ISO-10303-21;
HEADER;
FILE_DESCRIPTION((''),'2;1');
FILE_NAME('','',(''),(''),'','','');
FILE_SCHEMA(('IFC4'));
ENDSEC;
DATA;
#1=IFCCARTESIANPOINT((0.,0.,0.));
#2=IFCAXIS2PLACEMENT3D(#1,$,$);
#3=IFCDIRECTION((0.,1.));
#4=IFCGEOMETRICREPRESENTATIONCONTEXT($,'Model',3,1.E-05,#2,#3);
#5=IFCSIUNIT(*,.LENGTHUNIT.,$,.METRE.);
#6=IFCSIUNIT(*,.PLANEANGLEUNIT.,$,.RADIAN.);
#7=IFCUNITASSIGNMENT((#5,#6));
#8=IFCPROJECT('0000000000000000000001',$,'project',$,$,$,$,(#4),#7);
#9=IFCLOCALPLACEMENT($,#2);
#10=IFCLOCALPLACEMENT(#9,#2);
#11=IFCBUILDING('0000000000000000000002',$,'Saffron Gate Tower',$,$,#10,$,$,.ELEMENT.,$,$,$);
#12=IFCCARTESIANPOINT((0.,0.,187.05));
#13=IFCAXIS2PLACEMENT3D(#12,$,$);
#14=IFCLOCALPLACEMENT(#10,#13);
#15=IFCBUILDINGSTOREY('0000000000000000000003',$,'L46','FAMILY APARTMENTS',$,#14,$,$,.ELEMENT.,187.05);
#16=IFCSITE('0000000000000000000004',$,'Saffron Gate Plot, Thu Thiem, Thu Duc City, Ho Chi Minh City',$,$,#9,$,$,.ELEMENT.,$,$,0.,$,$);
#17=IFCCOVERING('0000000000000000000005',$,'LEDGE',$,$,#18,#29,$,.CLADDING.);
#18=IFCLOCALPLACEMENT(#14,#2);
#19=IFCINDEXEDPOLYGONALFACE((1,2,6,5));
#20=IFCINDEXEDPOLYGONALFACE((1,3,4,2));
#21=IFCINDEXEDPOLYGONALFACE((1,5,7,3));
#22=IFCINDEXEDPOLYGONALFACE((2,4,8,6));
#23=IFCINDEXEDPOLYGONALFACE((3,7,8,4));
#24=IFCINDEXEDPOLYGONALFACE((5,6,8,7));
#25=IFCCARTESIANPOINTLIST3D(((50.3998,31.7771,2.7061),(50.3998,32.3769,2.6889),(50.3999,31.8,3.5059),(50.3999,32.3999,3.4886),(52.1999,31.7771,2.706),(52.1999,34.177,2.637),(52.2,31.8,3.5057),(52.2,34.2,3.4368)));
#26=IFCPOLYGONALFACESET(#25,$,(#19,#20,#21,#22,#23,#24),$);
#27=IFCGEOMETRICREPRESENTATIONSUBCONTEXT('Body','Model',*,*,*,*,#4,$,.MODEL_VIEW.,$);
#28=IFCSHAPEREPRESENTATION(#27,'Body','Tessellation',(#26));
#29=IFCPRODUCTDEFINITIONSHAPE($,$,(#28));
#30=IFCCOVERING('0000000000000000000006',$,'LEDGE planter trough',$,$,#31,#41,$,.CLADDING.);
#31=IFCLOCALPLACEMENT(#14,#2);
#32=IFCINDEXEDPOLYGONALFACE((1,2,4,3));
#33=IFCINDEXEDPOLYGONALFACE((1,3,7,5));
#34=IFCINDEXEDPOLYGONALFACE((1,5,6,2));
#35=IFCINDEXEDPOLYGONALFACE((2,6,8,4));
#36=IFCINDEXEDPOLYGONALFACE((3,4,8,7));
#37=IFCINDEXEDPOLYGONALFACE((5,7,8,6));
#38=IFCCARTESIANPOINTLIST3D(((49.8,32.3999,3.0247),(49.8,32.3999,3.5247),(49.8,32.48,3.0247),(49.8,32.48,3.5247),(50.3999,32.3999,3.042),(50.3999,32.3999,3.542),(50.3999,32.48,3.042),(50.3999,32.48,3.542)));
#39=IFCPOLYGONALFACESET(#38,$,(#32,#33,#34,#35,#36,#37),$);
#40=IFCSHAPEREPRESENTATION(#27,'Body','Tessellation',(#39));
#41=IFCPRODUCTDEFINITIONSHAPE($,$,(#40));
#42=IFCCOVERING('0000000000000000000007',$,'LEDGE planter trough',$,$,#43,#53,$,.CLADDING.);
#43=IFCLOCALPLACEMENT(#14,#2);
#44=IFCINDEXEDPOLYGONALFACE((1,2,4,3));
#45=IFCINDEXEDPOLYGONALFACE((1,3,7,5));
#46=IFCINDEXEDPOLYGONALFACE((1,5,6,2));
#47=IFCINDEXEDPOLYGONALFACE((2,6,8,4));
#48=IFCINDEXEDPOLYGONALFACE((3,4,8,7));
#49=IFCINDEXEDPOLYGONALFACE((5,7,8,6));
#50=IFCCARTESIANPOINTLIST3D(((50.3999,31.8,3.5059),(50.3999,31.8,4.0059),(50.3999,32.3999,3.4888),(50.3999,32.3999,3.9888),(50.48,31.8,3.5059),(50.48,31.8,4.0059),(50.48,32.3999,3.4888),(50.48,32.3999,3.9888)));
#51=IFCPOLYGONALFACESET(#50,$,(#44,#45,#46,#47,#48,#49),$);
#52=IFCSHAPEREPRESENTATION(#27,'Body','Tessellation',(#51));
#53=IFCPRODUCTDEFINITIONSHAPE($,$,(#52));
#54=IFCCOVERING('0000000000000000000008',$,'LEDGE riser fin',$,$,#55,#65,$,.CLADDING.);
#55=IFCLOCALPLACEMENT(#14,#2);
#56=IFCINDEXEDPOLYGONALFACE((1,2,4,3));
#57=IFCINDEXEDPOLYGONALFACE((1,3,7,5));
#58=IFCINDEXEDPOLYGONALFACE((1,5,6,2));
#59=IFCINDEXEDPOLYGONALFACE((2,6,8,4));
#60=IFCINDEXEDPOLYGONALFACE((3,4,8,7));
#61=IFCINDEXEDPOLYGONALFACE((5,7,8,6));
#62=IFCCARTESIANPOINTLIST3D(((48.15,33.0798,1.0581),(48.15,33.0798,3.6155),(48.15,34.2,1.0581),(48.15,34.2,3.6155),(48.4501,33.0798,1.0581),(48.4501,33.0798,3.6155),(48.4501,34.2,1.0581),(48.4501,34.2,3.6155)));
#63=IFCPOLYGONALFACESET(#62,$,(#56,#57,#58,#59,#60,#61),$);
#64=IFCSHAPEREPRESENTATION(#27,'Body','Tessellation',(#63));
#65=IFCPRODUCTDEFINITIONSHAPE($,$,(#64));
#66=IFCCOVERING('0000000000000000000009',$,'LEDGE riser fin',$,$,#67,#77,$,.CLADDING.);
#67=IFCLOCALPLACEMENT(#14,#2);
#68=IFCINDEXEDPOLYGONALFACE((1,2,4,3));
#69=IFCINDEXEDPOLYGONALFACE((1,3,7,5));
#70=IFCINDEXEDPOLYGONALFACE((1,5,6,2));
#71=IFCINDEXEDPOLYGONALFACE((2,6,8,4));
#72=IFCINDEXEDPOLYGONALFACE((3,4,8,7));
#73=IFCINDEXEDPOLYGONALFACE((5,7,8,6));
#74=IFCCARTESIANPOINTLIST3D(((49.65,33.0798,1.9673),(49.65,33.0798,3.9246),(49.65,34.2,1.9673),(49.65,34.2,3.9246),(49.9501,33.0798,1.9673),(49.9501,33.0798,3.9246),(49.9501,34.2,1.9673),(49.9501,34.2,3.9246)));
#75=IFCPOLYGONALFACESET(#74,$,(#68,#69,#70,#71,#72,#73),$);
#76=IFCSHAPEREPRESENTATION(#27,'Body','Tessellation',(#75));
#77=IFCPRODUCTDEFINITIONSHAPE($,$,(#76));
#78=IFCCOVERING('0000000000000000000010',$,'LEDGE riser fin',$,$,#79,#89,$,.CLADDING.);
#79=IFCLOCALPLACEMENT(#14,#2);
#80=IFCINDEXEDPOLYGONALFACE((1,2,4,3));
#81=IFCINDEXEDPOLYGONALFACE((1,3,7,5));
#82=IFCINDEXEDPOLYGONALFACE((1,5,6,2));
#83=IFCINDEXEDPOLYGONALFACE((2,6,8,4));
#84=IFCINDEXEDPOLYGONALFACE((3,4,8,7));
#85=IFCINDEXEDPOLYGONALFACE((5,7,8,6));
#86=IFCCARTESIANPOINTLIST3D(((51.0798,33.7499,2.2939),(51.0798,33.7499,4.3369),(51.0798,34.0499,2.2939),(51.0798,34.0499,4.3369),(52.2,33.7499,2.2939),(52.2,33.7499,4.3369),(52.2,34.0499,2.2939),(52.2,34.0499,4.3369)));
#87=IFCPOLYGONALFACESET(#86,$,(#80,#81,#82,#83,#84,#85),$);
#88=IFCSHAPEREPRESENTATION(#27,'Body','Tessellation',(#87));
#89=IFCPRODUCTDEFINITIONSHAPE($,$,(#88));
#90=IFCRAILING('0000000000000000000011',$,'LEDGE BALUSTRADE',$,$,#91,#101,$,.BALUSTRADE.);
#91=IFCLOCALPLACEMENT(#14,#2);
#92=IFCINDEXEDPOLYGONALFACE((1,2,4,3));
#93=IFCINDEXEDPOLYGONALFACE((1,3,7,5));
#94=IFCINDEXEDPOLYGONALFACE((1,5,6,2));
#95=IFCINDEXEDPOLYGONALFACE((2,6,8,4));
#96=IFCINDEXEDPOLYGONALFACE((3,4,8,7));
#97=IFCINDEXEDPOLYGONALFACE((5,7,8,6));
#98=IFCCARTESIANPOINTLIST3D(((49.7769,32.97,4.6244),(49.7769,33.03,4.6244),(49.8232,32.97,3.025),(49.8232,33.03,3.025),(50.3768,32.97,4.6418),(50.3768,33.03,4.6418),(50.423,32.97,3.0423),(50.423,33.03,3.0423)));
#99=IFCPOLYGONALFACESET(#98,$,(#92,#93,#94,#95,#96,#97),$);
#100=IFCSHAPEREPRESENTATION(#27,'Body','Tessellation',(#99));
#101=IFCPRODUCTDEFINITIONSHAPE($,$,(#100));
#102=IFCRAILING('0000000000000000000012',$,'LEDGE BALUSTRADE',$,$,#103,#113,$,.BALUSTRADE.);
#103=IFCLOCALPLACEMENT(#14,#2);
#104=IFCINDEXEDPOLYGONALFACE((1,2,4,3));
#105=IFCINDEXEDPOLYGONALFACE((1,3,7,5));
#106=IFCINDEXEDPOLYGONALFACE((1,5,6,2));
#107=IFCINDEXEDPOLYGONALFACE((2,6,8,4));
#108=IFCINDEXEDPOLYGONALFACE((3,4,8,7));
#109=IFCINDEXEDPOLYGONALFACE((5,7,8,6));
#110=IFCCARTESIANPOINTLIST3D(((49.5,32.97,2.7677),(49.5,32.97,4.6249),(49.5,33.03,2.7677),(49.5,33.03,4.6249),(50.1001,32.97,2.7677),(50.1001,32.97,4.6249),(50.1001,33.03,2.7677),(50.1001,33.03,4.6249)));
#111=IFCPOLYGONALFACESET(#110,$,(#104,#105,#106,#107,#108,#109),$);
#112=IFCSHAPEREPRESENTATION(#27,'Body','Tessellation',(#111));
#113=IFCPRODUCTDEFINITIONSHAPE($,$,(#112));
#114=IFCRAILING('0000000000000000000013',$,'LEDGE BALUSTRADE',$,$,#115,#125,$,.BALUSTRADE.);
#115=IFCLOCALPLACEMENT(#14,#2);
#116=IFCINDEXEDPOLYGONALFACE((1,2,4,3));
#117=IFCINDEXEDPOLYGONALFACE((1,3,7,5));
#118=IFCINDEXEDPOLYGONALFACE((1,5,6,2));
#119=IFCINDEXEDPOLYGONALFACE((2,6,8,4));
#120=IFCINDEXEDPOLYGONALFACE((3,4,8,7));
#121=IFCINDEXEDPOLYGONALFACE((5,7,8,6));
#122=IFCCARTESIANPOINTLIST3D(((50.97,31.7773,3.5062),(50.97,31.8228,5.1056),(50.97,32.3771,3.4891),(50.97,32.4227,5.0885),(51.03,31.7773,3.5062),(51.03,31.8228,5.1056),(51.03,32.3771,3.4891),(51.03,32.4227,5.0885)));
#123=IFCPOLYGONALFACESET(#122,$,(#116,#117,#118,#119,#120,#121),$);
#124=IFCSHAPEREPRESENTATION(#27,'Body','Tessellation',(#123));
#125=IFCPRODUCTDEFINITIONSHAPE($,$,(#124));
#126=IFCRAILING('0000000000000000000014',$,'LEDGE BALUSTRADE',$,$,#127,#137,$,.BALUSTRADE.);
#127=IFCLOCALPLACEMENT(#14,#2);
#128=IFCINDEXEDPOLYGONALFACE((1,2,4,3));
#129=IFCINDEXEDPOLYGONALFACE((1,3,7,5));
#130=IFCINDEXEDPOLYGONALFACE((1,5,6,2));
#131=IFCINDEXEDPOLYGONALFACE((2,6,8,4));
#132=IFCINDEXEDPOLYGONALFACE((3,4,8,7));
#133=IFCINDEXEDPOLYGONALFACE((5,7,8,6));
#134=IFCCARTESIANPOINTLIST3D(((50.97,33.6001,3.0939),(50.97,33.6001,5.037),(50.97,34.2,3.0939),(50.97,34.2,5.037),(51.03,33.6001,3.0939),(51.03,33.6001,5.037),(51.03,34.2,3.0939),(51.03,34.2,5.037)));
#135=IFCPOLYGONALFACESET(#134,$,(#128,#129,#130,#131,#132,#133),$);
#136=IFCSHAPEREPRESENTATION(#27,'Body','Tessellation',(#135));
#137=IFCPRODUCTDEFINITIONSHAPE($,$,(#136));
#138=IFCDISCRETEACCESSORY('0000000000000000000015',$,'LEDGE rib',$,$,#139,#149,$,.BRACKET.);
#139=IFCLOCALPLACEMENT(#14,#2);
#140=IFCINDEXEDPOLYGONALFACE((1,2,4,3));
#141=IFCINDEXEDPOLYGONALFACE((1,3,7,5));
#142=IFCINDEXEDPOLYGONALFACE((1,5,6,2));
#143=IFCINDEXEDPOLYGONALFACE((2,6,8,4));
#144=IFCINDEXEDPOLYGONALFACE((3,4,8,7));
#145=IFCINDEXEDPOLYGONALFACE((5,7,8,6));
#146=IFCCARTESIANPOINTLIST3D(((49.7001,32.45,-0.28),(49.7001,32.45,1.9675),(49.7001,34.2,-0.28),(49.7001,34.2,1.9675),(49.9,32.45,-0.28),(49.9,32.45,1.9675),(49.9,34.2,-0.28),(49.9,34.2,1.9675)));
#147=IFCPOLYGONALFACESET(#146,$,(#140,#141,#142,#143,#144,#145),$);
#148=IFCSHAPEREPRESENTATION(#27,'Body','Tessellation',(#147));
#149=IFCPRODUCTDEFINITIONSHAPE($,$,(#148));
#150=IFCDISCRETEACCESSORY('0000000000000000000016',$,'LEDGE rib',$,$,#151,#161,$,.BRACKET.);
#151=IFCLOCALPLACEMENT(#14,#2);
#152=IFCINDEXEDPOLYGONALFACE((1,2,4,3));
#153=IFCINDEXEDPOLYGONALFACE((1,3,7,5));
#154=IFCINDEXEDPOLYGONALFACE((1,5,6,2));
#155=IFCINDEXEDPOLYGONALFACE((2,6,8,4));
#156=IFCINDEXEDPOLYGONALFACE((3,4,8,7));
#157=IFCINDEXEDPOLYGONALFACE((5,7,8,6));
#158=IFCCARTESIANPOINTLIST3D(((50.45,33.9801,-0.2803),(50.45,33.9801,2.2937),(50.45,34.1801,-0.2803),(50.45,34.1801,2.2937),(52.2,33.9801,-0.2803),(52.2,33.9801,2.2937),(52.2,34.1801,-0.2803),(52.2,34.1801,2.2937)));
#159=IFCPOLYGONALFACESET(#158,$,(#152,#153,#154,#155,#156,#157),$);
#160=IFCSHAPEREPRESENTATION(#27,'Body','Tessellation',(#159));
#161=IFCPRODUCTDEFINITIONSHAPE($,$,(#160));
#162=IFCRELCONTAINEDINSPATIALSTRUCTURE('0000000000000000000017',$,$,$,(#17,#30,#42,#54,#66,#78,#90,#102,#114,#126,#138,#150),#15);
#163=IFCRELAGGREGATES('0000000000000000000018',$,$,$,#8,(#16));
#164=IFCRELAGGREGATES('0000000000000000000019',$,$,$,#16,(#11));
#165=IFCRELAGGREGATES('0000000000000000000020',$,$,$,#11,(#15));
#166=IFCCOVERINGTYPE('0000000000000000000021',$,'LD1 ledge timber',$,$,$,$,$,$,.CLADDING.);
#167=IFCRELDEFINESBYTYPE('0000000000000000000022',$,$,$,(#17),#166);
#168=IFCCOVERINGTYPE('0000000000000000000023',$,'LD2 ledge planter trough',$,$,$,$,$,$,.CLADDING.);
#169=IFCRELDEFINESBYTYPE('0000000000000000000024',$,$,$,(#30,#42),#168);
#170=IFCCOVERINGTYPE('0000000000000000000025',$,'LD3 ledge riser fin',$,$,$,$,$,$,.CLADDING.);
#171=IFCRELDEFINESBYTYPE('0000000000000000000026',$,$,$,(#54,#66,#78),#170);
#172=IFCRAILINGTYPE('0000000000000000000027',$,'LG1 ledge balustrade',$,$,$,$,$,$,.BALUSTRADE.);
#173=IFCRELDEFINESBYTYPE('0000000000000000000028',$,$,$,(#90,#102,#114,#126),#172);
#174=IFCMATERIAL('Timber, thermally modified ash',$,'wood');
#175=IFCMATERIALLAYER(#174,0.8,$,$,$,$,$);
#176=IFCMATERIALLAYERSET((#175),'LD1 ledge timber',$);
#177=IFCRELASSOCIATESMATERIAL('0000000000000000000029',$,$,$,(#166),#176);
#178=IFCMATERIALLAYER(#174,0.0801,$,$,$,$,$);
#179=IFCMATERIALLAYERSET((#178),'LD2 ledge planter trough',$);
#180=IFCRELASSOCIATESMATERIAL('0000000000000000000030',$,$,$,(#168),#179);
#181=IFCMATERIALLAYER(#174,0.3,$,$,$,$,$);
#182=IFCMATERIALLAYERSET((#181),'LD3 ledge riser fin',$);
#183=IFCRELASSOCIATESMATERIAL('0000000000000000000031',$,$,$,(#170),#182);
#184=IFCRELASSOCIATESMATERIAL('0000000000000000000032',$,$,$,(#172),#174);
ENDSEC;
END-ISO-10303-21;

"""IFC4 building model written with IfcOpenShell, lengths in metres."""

from ifc_helpers import new_model, si_unit, direction, frame, origin, origin_2d, place, context, subcontext, project, spatial, polyline, rectangle, outline, extrude, material, layer, layer_set, type_object, element, save


model = new_model("IFC4")

# Units and contexts
model_context = context("Model", 3, precision=1e-05, world=origin(), true_north=direction((0.0, 1.0)))
body_context = subcontext(model_context, "Body", "Model", "MODEL_VIEW")
ifc_project = project(units=[si_unit("LENGTHUNIT", "METRE"), si_unit("PLANEANGLEUNIT", "RADIAN")], contexts=[model_context])

# Site, building, storey
site_placement = place(None, origin())
site = spatial("IfcSite", under=ifc_project, at=site_placement, Name="Saffron Gate Plot, Thu Thiem, Thu Duc City, Ho Chi Minh City", CompositionType="ELEMENT", RefElevation=0.0)
building_placement = place(site_placement, origin())
building = spatial("IfcBuilding", under=site, at=building_placement, Name="Saffron Gate Tower", CompositionType="ELEMENT")
storey_placement = place(building_placement, frame((0.0, 0.0, 187.05)))
storey = spatial("IfcBuildingStorey", under=building, at=storey_placement, Name="L46", Description="FAMILY APARTMENTS", CompositionType="ELEMENT", Elevation=187.05)

# Coverings
ifc_material_1 = material(Name="Timber, thermally modified ash", Category="wood")
ifc_layer_1 = layer(ifc_material_1, 0.8)
ifc_layer_set_1 = layer_set([ifc_layer_1], Name="LD1 ledge timber")
covering_type_1 = type_object("IfcCoveringType", Name="LD1 ledge timber", PredefinedType="CLADDING", material=ifc_layer_set_1)
covering_1_placement = place(storey_placement, frame((52.2, 34.2, 3.4368), z_axis=(0.00008, 0.028718, 0.999588), x_axis=(0.0, -0.999588, 0.028718)))
element("IfcCovering", 1, at=covering_1_placement, inside=storey, type_object=covering_type_1, Name="LEDGE", PredefinedType="CLADDING", context=body_context, shape_type="SweptSolid", body=[
    extrude(outline(polyline([(0.0, 0.0), (2.4009, 0.0), (2.4009, -1.8), (1.8008, -1.8), (0.0, 0.0)])), origin(), (0.0, 0.0, -1.0), 0.8),
])
ifc_layer_2 = layer(ifc_material_1, 0.0801)
ifc_layer_set_2 = layer_set([ifc_layer_2], Name="LD2 ledge planter trough")
covering_type_2 = type_object("IfcCoveringType", Name="LD2 ledge planter trough", PredefinedType="CLADDING", material=ifc_layer_set_2)
covering_2_placement = place(storey_placement, frame((49.8, 32.3999, 3.0247), z_axis=(0.0, -1.0, 0.0), x_axis=(0.999583, 0.0, 0.028885)))
element("IfcCovering", 2, at=covering_2_placement, inside=storey, type_object=covering_type_2, Name="LEDGE planter trough", PredefinedType="CLADDING", context=body_context, shape_type="SweptSolid", body=[
    extrude(outline(polyline([(0.0, 0.0), (0.6001, 0.0), (0.6145, 0.4998), (0.0144, 0.4998), (0.0, 0.0)])), origin(), (0.0, 0.0, -1.0), 0.0801),
])
covering_3_placement = place(storey_placement, frame((50.3999, 32.3999, 3.4888), z_axis=(-1.0, 0.0, 0.0), x_axis=(0.0, -0.999594, 0.028478)))
element("IfcCovering", 3, at=covering_3_placement, inside=storey, type_object=covering_type_2, Name="LEDGE planter trough", PredefinedType="CLADDING", context=body_context, shape_type="SweptSolid", body=[
    extrude(outline(polyline([(0.0, 0.0), (0.6001, 0.0), (0.6143, 0.4998), (0.0142, 0.4998), (0.0, 0.0)])), origin(), (0.0, 0.0, -1.0), 0.0801),
])
ifc_layer_3 = layer(ifc_material_1, 0.3)
ifc_layer_set_3 = layer_set([ifc_layer_3], Name="LD3 ledge riser fin")
covering_type_3 = type_object("IfcCoveringType", Name="LD3 ledge riser fin", PredefinedType="CLADDING", material=ifc_layer_set_3)
covering_4_placement = place(storey_placement, frame((48.3, 33.6399, 1.0581), z_axis=(0.0, 0.0, 1.0), x_axis=(1.0, 0.0, 0.0)))
element("IfcCovering", 4, at=covering_4_placement, inside=storey, type_object=covering_type_3, Name="LEDGE riser fin", PredefinedType="CLADDING", context=body_context, shape_type="SweptSolid", body=[
    extrude(rectangle(XDim=0.3, YDim=1.1201, at=origin_2d()), origin(), (0.0, 0.0, 1.0), 2.5574),
])
covering_5_placement = place(storey_placement, frame((49.8, 33.6399, 1.9673), z_axis=(0.0, 0.0, 1.0), x_axis=(1.0, 0.0, 0.0)))
element("IfcCovering", 5, at=covering_5_placement, inside=storey, type_object=covering_type_3, Name="LEDGE riser fin", PredefinedType="CLADDING", context=body_context, shape_type="SweptSolid", body=[
    extrude(rectangle(XDim=0.3, YDim=1.1201, at=origin_2d()), origin(), (0.0, 0.0, 1.0), 1.9573),
])
covering_6_placement = place(storey_placement, frame((51.6399, 33.8999, 2.2939), z_axis=(0.0, 0.0, 1.0), x_axis=(0.0, -1.0, 0.0)))
element("IfcCovering", 6, at=covering_6_placement, inside=storey, type_object=covering_type_3, Name="LEDGE riser fin", PredefinedType="CLADDING", context=body_context, shape_type="SweptSolid", body=[
    extrude(rectangle(XDim=0.3, YDim=1.1201, at=origin_2d()), origin(), (0.0, 0.0, 1.0), 2.043),
])

# Railings
railing_type = type_object("IfcRailingType", Name="LG1 ledge balustrade", PredefinedType="BALUSTRADE", material=ifc_material_1)
railing_1_placement = place(storey_placement, frame((49.8, 33.0, 3.0247)))
element("IfcRailing", 7, at=railing_1_placement, inside=storey, type_object=railing_type, Name="LEDGE BALUSTRADE", PredefinedType="BALUSTRADE", context=body_context, shape_type="SweptSolid", body=[
    extrude(rectangle(XDim=0.0601, YDim=1.6001, at=origin_2d()), frame((0.0, 0.0, 0.8), z_axis=(0.999583, 0.0, 0.028885), x_axis=(0.0, 1.0, 0.0)), (0.0, 0.0, 1.0), 0.6001),
])
railing_2_placement = place(storey_placement, frame((49.5, 33.0, 2.7676)))
element("IfcRailing", 8, at=railing_2_placement, inside=storey, type_object=railing_type, Name="LEDGE BALUSTRADE", PredefinedType="BALUSTRADE", context=body_context, shape_type="SweptSolid", body=[
    extrude(rectangle(XDim=0.0601, YDim=1.8572, at=origin_2d()), frame((0.0, 0.0, 0.9287), z_axis=(1.0, 0.0, 0.0), x_axis=(0.0, 1.0, 0.0)), (0.0, 0.0, 1.0), 0.6001),
])
railing_3_placement = place(storey_placement, frame((51.0, 32.3999, 3.4888)))
element("IfcRailing", 9, at=railing_3_placement, inside=storey, type_object=railing_type, Name="LEDGE BALUSTRADE", PredefinedType="BALUSTRADE", context=body_context, shape_type="SweptSolid", body=[
    extrude(rectangle(XDim=0.0601, YDim=1.6001, at=origin_2d()), frame((0.0, 0.0, 0.8), z_axis=(0.0, -0.999594, 0.028478), x_axis=(1.0, 0.0, 0.0)), (0.0, 0.0, 1.0), 0.6001),
])
railing_4_placement = place(storey_placement, frame((51.0, 34.2, 3.0938)))
element("IfcRailing", 10, at=railing_4_placement, inside=storey, type_object=railing_type, Name="LEDGE BALUSTRADE", PredefinedType="BALUSTRADE", context=body_context, shape_type="SweptSolid", body=[
    extrude(rectangle(XDim=0.0601, YDim=1.9431, at=origin_2d()), frame((0.0, 0.0, 0.9717), z_axis=(0.0, -1.0, 0.0), x_axis=(1.0, 0.0, 0.0)), (0.0, 0.0, 1.0), 0.5999),
])

# Discrete accessories
discrete_accessory_1_placement = place(storey_placement, frame((49.8, 33.325, -0.28), z_axis=(0.0, 0.0, 1.0), x_axis=(1.0, 0.0, 0.0)))
element("IfcDiscreteAccessory", 11, at=discrete_accessory_1_placement, inside=storey, Name="LEDGE rib", PredefinedType="BRACKET", context=body_context, shape_type="SweptSolid", body=[
    extrude(rectangle(XDim=0.2, YDim=1.75, at=origin_2d()), origin(), (0.0, 0.0, 1.0), 2.2476),
])
discrete_accessory_2_placement = place(storey_placement, frame((51.325, 34.0801, -0.2803), z_axis=(0.0, 0.0, 1.0), x_axis=(0.0, -1.0, 0.0)))
element("IfcDiscreteAccessory", 12, at=discrete_accessory_2_placement, inside=storey, Name="LEDGE rib", PredefinedType="BRACKET", context=body_context, shape_type="SweptSolid", body=[
    extrude(rectangle(XDim=0.2, YDim=1.75, at=origin_2d()), origin(), (0.0, 0.0, 1.0), 2.574),
])

save(model, "model.ifc")
